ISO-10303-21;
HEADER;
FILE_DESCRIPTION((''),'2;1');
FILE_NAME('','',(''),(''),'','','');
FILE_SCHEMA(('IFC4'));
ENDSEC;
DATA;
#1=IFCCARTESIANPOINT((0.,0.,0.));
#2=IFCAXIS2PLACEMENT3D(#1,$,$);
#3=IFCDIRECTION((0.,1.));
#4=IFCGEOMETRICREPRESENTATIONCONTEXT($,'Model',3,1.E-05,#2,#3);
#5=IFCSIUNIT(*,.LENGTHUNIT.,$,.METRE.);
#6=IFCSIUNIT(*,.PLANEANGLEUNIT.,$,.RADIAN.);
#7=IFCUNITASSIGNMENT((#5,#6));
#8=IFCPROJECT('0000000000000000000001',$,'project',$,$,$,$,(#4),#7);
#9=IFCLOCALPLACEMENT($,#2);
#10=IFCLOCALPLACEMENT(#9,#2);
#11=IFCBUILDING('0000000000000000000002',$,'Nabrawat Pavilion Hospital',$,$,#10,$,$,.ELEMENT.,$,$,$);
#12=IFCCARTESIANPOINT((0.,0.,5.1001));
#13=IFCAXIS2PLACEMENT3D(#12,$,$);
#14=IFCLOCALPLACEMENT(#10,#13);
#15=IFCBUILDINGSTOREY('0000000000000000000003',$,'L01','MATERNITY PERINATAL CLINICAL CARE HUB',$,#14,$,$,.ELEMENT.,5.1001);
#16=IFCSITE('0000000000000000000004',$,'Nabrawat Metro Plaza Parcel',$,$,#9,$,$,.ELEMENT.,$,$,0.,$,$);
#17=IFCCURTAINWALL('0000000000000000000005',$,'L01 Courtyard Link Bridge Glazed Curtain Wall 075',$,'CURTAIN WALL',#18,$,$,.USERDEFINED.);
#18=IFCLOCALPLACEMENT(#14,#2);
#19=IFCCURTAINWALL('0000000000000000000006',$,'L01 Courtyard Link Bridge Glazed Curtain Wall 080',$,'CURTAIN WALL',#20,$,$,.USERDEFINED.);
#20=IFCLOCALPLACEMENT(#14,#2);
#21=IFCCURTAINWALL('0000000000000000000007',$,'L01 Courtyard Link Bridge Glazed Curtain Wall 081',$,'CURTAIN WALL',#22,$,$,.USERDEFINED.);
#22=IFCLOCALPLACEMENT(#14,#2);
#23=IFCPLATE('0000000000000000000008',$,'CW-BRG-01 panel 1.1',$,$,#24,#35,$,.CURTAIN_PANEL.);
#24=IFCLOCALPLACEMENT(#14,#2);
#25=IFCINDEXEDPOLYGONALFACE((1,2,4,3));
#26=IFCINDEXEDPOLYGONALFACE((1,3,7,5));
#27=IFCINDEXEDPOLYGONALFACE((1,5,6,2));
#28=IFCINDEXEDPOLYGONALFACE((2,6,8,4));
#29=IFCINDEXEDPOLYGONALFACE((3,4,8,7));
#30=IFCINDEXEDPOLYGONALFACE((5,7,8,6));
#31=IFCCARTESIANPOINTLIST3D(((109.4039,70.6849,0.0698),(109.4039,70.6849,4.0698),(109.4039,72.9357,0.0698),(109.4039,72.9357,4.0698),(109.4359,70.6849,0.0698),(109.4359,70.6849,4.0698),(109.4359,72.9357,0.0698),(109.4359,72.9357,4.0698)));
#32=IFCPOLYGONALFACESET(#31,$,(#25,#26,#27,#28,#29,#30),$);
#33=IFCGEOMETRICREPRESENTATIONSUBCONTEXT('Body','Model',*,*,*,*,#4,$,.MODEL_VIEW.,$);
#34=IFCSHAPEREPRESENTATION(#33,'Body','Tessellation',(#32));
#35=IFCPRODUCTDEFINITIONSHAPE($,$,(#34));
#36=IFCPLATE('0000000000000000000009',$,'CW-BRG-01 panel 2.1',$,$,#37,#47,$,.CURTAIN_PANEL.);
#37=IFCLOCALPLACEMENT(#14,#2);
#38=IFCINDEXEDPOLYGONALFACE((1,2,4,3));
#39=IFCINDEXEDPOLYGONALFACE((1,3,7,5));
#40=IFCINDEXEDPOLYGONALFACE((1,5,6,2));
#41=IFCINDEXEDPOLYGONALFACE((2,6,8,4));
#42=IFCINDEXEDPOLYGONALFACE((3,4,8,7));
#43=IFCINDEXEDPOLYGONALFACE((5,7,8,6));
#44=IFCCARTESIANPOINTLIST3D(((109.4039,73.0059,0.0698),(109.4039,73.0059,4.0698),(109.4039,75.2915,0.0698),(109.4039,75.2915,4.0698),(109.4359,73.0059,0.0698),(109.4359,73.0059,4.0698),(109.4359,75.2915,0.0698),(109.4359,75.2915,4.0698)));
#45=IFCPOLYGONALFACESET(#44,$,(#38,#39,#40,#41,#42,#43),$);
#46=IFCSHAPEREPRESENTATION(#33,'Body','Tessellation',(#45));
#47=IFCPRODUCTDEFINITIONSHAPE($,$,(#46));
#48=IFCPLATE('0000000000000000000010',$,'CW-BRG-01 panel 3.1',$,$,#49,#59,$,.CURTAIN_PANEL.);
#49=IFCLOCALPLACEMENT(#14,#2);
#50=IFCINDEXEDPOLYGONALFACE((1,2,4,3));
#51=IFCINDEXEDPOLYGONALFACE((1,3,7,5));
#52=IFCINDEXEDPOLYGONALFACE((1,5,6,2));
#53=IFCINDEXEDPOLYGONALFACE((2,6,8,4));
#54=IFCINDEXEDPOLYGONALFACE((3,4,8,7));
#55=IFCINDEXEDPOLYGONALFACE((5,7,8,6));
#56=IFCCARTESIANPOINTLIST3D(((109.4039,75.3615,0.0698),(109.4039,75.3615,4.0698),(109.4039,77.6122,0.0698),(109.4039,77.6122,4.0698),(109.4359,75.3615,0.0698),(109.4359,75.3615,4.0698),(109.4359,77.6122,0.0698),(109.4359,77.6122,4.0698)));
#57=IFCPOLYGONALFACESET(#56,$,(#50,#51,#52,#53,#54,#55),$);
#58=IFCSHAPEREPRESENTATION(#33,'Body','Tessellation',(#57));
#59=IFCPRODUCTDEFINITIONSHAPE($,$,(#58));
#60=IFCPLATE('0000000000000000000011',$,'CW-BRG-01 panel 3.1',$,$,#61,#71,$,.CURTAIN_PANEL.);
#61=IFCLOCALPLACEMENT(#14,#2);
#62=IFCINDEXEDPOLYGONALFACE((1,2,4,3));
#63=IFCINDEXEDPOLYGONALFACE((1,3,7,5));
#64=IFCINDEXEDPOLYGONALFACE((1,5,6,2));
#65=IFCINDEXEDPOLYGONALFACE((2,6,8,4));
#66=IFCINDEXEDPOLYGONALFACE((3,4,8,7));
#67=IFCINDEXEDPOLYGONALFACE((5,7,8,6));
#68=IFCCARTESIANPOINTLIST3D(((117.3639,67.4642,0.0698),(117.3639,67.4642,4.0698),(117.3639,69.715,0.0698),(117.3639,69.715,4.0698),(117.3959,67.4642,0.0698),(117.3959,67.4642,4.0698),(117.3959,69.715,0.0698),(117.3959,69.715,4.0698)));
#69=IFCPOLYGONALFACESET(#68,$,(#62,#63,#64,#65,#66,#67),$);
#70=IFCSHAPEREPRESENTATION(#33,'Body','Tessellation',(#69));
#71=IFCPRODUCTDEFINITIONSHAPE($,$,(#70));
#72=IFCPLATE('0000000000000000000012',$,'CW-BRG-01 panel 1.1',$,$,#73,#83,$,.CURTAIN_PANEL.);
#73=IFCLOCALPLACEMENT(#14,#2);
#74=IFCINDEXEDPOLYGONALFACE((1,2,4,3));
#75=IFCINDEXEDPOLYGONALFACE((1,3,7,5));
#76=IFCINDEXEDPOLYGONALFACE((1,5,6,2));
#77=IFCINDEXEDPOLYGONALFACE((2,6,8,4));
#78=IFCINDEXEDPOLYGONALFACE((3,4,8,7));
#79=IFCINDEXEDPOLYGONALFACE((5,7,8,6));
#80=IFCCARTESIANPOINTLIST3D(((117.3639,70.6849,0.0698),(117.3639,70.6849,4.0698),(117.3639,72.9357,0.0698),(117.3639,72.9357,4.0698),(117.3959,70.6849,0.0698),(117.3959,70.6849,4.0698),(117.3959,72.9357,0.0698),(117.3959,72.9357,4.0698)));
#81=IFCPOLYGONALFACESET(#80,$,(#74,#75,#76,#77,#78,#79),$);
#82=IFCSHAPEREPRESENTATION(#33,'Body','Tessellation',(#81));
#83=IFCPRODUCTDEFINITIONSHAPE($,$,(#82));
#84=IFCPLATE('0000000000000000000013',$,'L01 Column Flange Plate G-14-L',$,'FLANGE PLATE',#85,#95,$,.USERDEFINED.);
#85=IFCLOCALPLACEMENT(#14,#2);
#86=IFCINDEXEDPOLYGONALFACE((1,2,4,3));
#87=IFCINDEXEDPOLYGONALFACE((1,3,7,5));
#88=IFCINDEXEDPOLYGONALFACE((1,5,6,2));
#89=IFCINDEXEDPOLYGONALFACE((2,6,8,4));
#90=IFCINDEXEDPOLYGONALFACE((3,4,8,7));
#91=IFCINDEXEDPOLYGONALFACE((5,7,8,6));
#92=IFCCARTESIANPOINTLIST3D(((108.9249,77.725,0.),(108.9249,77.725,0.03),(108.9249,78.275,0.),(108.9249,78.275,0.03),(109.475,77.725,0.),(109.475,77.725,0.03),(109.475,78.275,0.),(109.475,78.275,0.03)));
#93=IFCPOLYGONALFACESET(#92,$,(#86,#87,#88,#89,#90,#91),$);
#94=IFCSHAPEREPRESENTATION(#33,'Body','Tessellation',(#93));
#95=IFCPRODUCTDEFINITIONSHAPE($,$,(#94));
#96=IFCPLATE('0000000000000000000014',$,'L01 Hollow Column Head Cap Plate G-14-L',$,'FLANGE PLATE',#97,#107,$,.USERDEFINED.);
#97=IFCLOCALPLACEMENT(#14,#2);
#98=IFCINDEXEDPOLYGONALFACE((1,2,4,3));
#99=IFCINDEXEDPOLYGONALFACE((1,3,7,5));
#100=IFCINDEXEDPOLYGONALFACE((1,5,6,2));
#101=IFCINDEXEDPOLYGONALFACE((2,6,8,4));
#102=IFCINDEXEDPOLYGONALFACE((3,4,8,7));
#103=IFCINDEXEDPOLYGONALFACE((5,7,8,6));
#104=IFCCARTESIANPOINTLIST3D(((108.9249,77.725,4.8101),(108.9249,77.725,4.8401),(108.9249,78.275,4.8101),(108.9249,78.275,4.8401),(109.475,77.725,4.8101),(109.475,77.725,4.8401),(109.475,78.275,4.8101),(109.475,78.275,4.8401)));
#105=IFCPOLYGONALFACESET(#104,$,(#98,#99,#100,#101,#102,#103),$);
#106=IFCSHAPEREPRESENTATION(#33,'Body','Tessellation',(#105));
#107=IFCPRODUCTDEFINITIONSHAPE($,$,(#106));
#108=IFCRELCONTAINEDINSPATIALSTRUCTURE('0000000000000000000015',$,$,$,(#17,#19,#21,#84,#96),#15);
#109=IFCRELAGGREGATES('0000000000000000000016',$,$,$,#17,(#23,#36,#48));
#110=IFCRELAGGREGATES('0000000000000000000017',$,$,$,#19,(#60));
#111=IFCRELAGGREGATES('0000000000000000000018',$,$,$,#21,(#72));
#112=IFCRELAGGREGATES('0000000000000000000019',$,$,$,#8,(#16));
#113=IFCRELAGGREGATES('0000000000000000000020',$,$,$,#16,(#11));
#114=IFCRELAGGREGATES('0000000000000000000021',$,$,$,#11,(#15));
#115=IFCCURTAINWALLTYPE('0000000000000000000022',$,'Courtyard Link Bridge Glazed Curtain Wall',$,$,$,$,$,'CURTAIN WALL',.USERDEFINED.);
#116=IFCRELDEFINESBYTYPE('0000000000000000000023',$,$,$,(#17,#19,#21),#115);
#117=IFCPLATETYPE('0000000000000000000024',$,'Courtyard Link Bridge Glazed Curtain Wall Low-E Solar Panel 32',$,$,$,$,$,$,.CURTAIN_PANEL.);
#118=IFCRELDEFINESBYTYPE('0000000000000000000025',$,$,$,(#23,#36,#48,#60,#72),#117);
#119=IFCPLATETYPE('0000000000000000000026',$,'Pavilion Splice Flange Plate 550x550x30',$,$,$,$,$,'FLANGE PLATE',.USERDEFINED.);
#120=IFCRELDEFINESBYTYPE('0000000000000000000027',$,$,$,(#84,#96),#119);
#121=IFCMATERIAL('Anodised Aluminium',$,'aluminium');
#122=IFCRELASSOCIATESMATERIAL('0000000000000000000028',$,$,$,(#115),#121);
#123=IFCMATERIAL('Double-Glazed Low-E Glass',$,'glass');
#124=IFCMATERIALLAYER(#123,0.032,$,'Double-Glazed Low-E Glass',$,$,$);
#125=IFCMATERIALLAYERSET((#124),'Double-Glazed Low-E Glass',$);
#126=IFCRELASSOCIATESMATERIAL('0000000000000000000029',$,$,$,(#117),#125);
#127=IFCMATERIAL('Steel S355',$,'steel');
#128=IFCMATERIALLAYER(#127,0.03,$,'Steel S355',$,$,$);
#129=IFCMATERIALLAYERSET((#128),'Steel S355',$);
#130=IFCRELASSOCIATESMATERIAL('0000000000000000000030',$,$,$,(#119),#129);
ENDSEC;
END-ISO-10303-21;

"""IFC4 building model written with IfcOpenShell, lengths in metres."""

from ifc_helpers import new_model, si_unit, direction, frame, origin, origin_2d, place, context, subcontext, project, spatial, rectangle, extrude, material, layer, layer_set, type_object, element, aggregate, save


model = new_model("IFC4")

# Units and contexts
model_context = context("Model", 3, precision=1e-05, world=origin(), true_north=direction((0.0, 1.0)))
body_context = subcontext(model_context, "Body", "Model", "MODEL_VIEW")
ifc_project = project(units=[si_unit("LENGTHUNIT", "METRE"), si_unit("PLANEANGLEUNIT", "RADIAN")], contexts=[model_context])

# Site, building, storey
site_placement = place(None, origin())
site = spatial("IfcSite", under=ifc_project, at=site_placement, Name="Nabrawat Metro Plaza Parcel", CompositionType="ELEMENT", RefElevation=0.0)
building_placement = place(site_placement, origin())
building = spatial("IfcBuilding", under=site, at=building_placement, Name="Nabrawat Pavilion Hospital", CompositionType="ELEMENT")
storey_placement = place(building_placement, frame((0.0, 0.0, 5.1001)))
storey = spatial("IfcBuildingStorey", under=building, at=storey_placement, Name="L01", Description="MATERNITY PERINATAL CLINICAL CARE HUB", CompositionType="ELEMENT", Elevation=5.1001)

# Shared definitions
ifc_material_1 = material(Name="Steel S355", Category="steel")

# Shared definitions
ifc_material_2 = material(Name="Anodised Aluminium", Category="aluminium")
curtain_wall_type = type_object("IfcCurtainWallType", Name="Courtyard Link Bridge Glazed Curtain Wall", ElementType="CURTAIN WALL", PredefinedType="USERDEFINED", material=ifc_material_2)

# Curtain wall
curtain_wall_1_placement = place(storey_placement, origin())
curtain_wall_1 = element("IfcCurtainWall", 1, at=curtain_wall_1_placement, inside=storey, type_object=curtain_wall_type, Name="L01 Courtyard Link Bridge Glazed Curtain Wall 075", ObjectType="CURTAIN WALL", PredefinedType="USERDEFINED")

# Curtain wall
curtain_wall_2_placement = place(storey_placement, origin())
curtain_wall_2 = element("IfcCurtainWall", 2, at=curtain_wall_2_placement, inside=storey, type_object=curtain_wall_type, Name="L01 Courtyard Link Bridge Glazed Curtain Wall 080", ObjectType="CURTAIN WALL", PredefinedType="USERDEFINED")

# Curtain wall
curtain_wall_3_placement = place(storey_placement, origin())
curtain_wall_3 = element("IfcCurtainWall", 3, at=curtain_wall_3_placement, inside=storey, type_object=curtain_wall_type, Name="L01 Courtyard Link Bridge Glazed Curtain Wall 081", ObjectType="CURTAIN WALL", PredefinedType="USERDEFINED")

# Plates
ifc_material_3 = material(Name="Double-Glazed Low-E Glass", Category="glass")
ifc_layer_1 = layer(ifc_material_3, 0.032, Name="Double-Glazed Low-E Glass")
ifc_layer_set_1 = layer_set([ifc_layer_1], Name="Double-Glazed Low-E Glass")
plate_type_1 = type_object("IfcPlateType", Name="Courtyard Link Bridge Glazed Curtain Wall Low-E Solar Panel 32", PredefinedType="CURTAIN_PANEL", material=ifc_layer_set_1)
plate_1_placement = place(storey_placement, frame((109.4199, 71.8103, 0.0698), z_axis=(0.0, 0.0, 1.0), x_axis=(0.0, 1.0, 0.0)))
plate_1 = element("IfcPlate", 4, at=plate_1_placement, type_object=plate_type_1, Name="CW-BRG-01 panel 1.1", PredefinedType="CURTAIN_PANEL", context=body_context, shape_type="SweptSolid", body=[
    extrude(rectangle(XDim=2.2507, YDim=0.032, at=origin_2d()), origin(), (0.0, 0.0, 1.0), 4.0),
])
plate_2_placement = place(storey_placement, frame((109.4199, 74.1487, 0.0698), z_axis=(0.0, 0.0, 1.0), x_axis=(0.0, 1.0, 0.0)))
plate_2 = element("IfcPlate", 5, at=plate_2_placement, type_object=plate_type_1, Name="CW-BRG-01 panel 2.1", PredefinedType="CURTAIN_PANEL", context=body_context, shape_type="SweptSolid", body=[
    extrude(rectangle(XDim=2.2856, YDim=0.032, at=origin_2d()), origin(), (0.0, 0.0, 1.0), 4.0),
])
plate_3_placement = place(storey_placement, frame((109.4199, 76.4868, 0.0698), z_axis=(0.0, 0.0, 1.0), x_axis=(0.0, 1.0, 0.0)))
plate_3 = element("IfcPlate", 6, at=plate_3_placement, type_object=plate_type_1, Name="CW-BRG-01 panel 3.1", PredefinedType="CURTAIN_PANEL", context=body_context, shape_type="SweptSolid", body=[
    extrude(rectangle(XDim=2.2507, YDim=0.032, at=origin_2d()), origin(), (0.0, 0.0, 1.0), 4.0),
])
aggregate(curtain_wall_1, [plate_1, plate_2, plate_3])
plate_4_placement = place(storey_placement, frame((117.3799, 68.5896, 0.0698), z_axis=(0.0, 0.0, 1.0), x_axis=(0.0, 1.0, 0.0)))
plate_4 = element("IfcPlate", 7, at=plate_4_placement, type_object=plate_type_1, Name="CW-BRG-01 panel 3.1", PredefinedType="CURTAIN_PANEL", context=body_context, shape_type="SweptSolid", body=[
    extrude(rectangle(XDim=2.2507, YDim=0.032, at=origin_2d()), origin(), (0.0, 0.0, 1.0), 4.0),
])
aggregate(curtain_wall_2, [plate_4])
plate_5_placement = place(storey_placement, frame((117.3799, 71.8103, 0.0698), z_axis=(0.0, 0.0, 1.0), x_axis=(0.0, 1.0, 0.0)))
plate_5 = element("IfcPlate", 8, at=plate_5_placement, type_object=plate_type_1, Name="CW-BRG-01 panel 1.1", PredefinedType="CURTAIN_PANEL", context=body_context, shape_type="SweptSolid", body=[
    extrude(rectangle(XDim=2.2507, YDim=0.032, at=origin_2d()), origin(), (0.0, 0.0, 1.0), 4.0),
])
aggregate(curtain_wall_3, [plate_5])

# Plates
ifc_layer_2 = layer(ifc_material_1, 0.03, Name="Steel S355")
ifc_layer_set_2 = layer_set([ifc_layer_2], Name="Steel S355")
plate_type_2 = type_object("IfcPlateType", Name="Pavilion Splice Flange Plate 550x550x30", ElementType="FLANGE PLATE", PredefinedType="USERDEFINED", material=ifc_layer_set_2)
for number, where, z_axis, x_axis, name in (
    (9, (109.2, 78.0, 0.0), (0.0, 0.0, 1.0), (1.0, 0.0, 0.0), "L01 Column Flange Plate G-14-L"),
    (10, (109.2, 78.0, 4.8101), (0.0, 0.0, 1.0), (1.0, 0.0, 0.0), "L01 Hollow Column Head Cap Plate G-14-L"),
):
    element("IfcPlate", number, at=place(storey_placement, frame(where, z_axis=z_axis, x_axis=x_axis)), inside=storey, type_object=plate_type_2, Name=name, ObjectType="FLANGE PLATE", PredefinedType="USERDEFINED", context=body_context, shape_type="SweptSolid", body=[
        extrude(rectangle(XDim=0.55, YDim=0.55, at=origin_2d()), origin(), (0.0, 0.0, 1.0), 0.03),
    ])

save(model, "model.ifc")
